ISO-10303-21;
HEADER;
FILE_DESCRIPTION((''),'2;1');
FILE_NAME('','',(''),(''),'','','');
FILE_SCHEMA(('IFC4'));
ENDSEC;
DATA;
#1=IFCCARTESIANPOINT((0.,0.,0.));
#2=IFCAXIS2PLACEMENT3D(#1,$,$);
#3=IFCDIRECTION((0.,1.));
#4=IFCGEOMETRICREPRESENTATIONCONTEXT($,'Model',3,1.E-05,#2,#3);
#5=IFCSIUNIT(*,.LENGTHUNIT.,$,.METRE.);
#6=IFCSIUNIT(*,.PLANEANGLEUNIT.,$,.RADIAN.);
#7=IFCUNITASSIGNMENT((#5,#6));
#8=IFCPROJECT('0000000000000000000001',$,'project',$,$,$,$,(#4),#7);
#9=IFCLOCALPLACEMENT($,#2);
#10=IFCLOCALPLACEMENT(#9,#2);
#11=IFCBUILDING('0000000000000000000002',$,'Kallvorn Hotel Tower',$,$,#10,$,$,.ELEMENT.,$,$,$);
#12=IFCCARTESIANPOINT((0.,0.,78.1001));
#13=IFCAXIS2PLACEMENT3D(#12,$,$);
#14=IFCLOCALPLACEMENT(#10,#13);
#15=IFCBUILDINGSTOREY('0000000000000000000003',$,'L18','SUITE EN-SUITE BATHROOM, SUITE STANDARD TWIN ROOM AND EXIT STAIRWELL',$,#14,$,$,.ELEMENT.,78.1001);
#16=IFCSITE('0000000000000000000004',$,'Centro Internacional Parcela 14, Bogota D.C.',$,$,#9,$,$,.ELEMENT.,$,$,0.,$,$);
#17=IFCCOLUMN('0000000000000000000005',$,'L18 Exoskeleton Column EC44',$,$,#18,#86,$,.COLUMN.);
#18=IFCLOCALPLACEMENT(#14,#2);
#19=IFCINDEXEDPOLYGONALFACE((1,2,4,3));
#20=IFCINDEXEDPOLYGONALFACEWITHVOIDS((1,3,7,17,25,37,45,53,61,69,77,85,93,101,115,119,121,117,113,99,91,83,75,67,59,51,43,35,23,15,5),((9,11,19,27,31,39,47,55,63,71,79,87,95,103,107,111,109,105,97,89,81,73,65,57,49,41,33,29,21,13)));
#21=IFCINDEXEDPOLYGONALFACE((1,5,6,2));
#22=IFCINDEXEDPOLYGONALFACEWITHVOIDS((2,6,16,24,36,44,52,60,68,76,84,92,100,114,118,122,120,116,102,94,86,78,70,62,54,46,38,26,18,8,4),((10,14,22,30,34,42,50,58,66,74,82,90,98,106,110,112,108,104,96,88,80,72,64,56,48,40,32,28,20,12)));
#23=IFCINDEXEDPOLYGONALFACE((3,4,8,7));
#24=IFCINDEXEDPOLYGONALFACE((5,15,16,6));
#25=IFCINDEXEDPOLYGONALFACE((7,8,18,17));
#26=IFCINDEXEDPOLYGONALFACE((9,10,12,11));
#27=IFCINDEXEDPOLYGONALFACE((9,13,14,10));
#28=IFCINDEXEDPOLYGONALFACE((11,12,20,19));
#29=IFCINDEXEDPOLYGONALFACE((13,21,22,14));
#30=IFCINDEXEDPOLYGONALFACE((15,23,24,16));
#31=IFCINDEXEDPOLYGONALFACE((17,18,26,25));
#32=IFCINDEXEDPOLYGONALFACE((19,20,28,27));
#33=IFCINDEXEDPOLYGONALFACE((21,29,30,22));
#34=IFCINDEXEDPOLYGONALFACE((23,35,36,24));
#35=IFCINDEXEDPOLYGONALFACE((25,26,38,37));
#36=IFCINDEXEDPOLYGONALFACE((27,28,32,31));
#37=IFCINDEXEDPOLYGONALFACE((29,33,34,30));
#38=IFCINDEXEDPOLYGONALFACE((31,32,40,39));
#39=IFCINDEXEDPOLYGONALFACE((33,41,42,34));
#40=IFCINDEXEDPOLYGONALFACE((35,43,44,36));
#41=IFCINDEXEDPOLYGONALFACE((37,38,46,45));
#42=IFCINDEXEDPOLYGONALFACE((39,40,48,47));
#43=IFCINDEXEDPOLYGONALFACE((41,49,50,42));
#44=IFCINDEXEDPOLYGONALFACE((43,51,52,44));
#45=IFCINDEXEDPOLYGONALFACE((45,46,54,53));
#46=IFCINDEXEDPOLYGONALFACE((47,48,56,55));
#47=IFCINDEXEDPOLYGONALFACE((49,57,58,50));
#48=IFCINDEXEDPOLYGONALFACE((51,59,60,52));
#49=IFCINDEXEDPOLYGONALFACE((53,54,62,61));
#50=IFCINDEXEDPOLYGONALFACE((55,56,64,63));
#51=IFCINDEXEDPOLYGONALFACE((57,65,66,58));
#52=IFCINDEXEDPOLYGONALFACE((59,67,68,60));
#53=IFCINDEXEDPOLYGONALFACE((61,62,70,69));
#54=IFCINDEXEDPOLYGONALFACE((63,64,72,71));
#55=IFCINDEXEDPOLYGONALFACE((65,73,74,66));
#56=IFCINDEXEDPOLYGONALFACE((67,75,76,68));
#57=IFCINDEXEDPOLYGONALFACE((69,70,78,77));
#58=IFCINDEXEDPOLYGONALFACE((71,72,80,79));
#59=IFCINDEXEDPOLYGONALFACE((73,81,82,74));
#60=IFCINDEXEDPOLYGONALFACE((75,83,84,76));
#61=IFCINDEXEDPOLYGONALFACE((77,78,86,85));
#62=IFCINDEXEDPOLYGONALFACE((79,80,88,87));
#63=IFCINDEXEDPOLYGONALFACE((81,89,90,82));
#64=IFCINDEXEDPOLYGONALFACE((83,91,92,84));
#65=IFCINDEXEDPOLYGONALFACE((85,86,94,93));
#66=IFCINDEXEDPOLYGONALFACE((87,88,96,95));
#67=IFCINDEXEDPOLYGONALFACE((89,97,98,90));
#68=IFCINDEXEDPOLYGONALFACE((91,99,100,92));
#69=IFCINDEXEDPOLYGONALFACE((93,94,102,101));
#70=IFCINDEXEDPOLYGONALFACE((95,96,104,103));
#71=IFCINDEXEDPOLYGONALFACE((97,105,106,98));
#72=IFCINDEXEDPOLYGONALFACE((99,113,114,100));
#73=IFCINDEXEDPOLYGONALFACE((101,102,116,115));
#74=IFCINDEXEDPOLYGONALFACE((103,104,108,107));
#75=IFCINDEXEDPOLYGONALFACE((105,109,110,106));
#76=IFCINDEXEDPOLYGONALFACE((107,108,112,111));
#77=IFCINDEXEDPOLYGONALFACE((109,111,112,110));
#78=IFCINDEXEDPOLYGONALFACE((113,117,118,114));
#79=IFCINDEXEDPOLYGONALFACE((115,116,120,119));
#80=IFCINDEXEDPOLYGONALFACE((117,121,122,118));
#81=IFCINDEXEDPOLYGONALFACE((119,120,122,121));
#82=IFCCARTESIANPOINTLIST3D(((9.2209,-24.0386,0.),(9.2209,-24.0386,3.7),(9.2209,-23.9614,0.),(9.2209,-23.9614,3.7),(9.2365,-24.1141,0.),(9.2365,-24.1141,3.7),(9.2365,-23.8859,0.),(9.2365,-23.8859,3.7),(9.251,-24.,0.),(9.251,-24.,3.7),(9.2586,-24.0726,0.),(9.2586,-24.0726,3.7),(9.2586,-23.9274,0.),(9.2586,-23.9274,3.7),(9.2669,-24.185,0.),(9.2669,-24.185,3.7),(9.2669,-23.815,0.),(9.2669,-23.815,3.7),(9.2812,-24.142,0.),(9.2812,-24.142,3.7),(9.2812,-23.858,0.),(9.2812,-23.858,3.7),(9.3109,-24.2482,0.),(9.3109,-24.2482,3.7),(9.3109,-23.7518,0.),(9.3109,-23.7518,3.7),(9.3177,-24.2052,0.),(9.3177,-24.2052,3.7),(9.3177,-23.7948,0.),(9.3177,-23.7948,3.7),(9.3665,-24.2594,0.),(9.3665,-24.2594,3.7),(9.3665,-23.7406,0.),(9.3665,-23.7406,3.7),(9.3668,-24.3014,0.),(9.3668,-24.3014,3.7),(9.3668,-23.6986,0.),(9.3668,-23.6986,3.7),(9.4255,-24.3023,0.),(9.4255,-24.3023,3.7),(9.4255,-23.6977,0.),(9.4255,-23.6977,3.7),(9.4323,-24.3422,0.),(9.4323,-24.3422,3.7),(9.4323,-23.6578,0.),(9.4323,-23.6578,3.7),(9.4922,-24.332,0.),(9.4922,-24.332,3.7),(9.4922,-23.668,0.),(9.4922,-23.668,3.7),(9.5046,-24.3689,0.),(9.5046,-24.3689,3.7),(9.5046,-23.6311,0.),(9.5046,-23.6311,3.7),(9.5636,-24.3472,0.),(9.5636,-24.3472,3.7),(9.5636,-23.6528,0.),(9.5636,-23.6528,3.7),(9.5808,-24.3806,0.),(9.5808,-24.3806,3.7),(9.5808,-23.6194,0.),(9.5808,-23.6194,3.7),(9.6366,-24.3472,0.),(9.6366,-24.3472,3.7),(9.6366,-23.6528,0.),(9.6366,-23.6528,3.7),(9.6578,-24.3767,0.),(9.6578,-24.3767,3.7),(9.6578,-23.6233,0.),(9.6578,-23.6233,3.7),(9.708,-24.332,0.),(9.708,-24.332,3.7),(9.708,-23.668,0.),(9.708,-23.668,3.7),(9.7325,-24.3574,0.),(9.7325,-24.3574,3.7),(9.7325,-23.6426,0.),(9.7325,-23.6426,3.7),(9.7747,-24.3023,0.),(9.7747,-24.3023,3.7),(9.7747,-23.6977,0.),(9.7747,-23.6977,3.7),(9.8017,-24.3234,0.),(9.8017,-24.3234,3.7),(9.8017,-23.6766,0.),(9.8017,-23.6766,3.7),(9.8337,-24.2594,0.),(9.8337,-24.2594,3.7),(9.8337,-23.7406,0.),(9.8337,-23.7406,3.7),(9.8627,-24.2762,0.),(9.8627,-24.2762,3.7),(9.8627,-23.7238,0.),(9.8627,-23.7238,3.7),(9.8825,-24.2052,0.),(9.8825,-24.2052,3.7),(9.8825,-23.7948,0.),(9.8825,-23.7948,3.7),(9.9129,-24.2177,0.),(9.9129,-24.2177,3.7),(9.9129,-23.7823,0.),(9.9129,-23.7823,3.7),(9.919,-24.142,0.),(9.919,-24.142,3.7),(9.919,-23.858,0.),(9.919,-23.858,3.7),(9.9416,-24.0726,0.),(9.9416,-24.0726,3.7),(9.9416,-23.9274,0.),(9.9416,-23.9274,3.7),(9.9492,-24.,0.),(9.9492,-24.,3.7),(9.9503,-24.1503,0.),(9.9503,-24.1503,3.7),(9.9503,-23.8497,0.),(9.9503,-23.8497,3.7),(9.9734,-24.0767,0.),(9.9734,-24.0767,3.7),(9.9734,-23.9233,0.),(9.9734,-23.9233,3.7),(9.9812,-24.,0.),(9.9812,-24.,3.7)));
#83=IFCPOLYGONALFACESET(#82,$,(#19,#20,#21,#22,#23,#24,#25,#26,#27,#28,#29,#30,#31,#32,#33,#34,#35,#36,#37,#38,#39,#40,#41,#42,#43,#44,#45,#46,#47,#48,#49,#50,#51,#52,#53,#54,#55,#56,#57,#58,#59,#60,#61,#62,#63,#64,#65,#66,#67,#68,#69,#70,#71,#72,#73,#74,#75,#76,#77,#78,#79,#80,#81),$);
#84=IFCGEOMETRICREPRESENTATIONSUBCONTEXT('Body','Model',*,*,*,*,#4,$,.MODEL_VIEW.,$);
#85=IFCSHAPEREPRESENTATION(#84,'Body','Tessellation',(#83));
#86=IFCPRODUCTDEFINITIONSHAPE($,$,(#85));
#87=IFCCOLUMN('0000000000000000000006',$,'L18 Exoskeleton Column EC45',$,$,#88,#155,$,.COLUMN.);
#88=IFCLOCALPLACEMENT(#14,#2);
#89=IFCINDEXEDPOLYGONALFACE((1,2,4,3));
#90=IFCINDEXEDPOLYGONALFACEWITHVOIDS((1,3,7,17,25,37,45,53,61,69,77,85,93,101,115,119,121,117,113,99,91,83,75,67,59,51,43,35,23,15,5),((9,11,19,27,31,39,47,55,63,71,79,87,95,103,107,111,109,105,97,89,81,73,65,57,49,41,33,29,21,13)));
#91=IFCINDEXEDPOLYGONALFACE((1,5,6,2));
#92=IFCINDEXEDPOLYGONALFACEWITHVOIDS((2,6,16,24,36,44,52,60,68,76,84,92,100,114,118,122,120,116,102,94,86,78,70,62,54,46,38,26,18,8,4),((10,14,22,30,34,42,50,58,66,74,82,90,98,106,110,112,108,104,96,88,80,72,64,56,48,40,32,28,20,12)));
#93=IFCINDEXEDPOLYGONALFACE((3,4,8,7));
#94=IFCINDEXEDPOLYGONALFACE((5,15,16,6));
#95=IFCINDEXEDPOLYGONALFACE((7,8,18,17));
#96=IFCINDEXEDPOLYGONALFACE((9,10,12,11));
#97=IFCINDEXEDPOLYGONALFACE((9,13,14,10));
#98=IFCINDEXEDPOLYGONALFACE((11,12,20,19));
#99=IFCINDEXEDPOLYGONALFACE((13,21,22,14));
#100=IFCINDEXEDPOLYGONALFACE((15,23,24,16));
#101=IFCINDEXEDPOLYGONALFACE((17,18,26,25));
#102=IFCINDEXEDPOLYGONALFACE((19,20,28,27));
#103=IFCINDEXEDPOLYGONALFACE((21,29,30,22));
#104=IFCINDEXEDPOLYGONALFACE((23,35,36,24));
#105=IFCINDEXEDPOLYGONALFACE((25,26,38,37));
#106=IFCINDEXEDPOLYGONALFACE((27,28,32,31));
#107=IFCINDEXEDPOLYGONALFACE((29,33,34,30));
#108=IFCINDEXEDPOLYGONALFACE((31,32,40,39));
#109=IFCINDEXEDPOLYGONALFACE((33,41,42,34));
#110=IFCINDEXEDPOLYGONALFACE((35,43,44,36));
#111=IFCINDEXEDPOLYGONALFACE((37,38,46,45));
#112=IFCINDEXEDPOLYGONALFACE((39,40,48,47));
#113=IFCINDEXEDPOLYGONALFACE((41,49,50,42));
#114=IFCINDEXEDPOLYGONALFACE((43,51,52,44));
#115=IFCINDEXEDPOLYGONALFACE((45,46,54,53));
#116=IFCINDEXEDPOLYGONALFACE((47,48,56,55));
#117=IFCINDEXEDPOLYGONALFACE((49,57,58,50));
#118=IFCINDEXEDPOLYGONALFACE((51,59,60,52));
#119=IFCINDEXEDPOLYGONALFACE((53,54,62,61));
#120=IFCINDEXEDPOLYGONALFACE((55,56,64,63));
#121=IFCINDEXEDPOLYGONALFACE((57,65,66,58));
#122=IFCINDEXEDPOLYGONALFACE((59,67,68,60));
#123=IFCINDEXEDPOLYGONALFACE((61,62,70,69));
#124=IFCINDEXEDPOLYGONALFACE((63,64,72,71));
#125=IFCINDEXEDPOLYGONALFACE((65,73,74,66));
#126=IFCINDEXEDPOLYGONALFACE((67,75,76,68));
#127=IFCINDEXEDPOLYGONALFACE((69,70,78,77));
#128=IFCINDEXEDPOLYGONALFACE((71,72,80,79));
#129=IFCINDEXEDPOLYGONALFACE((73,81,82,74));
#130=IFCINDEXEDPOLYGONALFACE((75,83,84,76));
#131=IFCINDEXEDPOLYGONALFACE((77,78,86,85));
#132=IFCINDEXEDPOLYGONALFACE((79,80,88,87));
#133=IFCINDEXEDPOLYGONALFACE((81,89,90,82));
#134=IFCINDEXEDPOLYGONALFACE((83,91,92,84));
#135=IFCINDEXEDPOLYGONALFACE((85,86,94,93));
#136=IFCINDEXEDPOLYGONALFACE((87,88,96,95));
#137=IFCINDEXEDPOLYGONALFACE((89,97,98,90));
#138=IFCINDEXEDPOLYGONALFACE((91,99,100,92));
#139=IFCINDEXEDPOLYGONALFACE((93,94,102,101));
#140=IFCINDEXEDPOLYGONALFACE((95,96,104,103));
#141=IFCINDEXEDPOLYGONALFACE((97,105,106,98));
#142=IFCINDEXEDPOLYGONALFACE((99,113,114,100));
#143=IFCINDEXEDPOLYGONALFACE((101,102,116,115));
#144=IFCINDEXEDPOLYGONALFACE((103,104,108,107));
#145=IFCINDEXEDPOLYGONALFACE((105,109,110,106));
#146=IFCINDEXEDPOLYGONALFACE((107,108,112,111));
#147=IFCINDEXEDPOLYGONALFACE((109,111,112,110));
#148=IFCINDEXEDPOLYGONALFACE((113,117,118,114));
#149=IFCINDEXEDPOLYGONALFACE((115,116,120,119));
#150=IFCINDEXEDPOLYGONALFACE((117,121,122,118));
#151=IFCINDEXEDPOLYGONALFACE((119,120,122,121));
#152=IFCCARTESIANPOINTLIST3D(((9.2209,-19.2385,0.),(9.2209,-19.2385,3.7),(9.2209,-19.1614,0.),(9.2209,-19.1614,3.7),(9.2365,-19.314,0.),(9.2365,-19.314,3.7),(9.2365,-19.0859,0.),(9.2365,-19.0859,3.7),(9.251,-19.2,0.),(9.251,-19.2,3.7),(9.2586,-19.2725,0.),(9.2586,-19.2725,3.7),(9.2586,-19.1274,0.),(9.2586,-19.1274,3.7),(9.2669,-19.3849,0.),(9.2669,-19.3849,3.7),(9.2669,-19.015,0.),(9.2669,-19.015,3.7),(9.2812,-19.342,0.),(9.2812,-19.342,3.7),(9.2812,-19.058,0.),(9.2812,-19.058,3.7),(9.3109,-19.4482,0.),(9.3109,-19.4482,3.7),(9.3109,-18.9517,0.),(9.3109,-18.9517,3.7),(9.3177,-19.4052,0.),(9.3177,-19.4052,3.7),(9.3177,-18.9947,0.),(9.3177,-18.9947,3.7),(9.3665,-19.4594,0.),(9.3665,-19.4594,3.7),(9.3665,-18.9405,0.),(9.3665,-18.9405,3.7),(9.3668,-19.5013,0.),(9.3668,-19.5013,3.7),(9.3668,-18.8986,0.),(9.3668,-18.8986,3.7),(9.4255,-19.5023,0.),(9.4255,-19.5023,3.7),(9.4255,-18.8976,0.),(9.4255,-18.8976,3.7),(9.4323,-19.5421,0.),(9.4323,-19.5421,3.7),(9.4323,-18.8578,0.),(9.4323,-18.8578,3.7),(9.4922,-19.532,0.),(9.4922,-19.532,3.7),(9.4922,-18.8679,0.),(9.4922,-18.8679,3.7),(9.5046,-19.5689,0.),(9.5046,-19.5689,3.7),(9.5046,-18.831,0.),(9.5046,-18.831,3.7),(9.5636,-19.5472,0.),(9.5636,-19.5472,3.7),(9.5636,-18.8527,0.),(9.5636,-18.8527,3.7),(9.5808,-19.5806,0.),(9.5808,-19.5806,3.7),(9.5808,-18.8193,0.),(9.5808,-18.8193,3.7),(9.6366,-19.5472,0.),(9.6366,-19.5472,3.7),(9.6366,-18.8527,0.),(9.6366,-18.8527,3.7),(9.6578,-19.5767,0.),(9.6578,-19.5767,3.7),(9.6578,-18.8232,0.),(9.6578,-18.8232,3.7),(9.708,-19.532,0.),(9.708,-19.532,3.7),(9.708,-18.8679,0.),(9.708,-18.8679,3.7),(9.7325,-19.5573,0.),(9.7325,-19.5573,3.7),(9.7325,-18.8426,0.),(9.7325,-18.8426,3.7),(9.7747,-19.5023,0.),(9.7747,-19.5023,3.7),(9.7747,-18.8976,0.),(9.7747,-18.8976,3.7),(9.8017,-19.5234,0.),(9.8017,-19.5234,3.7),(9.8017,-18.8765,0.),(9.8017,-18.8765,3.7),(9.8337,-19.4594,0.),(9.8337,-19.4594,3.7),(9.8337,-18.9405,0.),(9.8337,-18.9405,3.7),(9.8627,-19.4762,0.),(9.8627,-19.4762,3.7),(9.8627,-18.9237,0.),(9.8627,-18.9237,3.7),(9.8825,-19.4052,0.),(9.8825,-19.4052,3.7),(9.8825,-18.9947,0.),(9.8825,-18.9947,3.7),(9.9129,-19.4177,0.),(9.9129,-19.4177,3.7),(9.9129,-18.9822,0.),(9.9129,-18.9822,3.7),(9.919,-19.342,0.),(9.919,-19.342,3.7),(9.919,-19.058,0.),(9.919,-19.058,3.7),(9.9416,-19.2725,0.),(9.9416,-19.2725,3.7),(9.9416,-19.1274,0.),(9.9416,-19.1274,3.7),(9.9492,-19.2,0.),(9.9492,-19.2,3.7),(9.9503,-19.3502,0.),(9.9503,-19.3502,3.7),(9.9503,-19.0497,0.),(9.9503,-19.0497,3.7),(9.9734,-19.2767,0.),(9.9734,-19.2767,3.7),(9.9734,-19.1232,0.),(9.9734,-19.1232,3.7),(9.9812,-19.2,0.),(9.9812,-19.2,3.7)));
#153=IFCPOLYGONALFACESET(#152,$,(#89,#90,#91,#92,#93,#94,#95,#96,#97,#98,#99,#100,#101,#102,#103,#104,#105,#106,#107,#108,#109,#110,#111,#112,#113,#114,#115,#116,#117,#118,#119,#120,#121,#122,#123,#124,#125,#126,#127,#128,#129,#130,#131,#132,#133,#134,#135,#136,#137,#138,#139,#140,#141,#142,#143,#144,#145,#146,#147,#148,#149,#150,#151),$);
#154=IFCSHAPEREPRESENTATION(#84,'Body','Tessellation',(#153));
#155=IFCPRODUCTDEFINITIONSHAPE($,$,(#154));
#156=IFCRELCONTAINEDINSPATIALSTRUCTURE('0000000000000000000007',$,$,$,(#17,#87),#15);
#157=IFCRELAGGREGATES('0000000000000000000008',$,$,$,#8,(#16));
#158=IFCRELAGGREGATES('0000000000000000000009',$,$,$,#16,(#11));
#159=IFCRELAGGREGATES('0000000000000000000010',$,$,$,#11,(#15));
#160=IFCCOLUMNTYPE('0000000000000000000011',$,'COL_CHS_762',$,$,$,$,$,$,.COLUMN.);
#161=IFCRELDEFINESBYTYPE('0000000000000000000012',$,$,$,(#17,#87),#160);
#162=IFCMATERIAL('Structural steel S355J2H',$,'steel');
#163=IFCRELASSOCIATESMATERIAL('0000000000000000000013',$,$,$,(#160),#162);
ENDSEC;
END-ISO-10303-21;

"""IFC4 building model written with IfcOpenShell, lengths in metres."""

from ifc_helpers import new_model, si_unit, direction, frame, origin, origin_2d, place, context, subcontext, project, spatial, hollow_circle, extrude, material, material_profile, profile_set, type_object, element, save


model = new_model("IFC4")

# Units and contexts
model_context = context("Model", 3, precision=1e-05, world=origin(), true_north=direction((0.0, 1.0)))
body_context = subcontext(model_context, "Body", "Model", "MODEL_VIEW")
ifc_project = project(units=[si_unit("LENGTHUNIT", "METRE"), si_unit("PLANEANGLEUNIT", "RADIAN")], contexts=[model_context])

# Site, building, storey
site_placement = place(None, origin())
site = spatial("IfcSite", under=ifc_project, at=site_placement, Name="Centro Internacional Parcela 14, Bogota D.C.", CompositionType="ELEMENT", RefElevation=0.0)
building_placement = place(site_placement, origin())
building = spatial("IfcBuilding", under=site, at=building_placement, Name="Kallvorn Hotel Tower", CompositionType="ELEMENT")
storey_placement = place(building_placement, frame((0.0, 0.0, 78.1001)))
storey = spatial("IfcBuildingStorey", under=building, at=storey_placement, Name="L18", Description="SUITE EN-SUITE BATHROOM, SUITE STANDARD TWIN ROOM AND EXIT STAIRWELL", CompositionType="ELEMENT", Elevation=78.1001)

# Columns
ifc_material_1 = material(Name="Structural steel S355J2H", Category="steel")
ifc_material_profile_1 = material_profile(ifc_material_1, hollow_circle(Radius=0.3811, WallThickness=0.032, at=origin_2d()), Name="CHS 762x32")
ifc_profile_set_1 = profile_set([ifc_material_profile_1], Name="Structural steel S355J2H")
column_type_1 = type_object("IfcColumnType", Name="COL_CHS_762", PredefinedType="COLUMN", material=ifc_profile_set_1)
for number, where, z_axis, x_axis, name in (
    (1, (9.6001, -24.0, 0.0), (0.0, 0.0, 1.0), (1.0, 0.0, 0.0), "L18 Exoskeleton Column EC44"),
    (2, (9.6001, -19.2, 0.0), (0.0, 0.0, 1.0), (1.0, 0.0, 0.0), "L18 Exoskeleton Column EC45"),
):
    element("IfcColumn", number, at=place(storey_placement, frame(where, z_axis=z_axis, x_axis=x_axis)), inside=storey, type_object=column_type_1, Name=name, PredefinedType="COLUMN", context=body_context, shape_type="SweptSolid", body=[
        extrude(hollow_circle(Radius=0.3811, WallThickness=0.032, at=origin_2d()), origin(), (0.0, 0.0, 1.0), 3.7),
    ])

save(model, "model.ifc")
